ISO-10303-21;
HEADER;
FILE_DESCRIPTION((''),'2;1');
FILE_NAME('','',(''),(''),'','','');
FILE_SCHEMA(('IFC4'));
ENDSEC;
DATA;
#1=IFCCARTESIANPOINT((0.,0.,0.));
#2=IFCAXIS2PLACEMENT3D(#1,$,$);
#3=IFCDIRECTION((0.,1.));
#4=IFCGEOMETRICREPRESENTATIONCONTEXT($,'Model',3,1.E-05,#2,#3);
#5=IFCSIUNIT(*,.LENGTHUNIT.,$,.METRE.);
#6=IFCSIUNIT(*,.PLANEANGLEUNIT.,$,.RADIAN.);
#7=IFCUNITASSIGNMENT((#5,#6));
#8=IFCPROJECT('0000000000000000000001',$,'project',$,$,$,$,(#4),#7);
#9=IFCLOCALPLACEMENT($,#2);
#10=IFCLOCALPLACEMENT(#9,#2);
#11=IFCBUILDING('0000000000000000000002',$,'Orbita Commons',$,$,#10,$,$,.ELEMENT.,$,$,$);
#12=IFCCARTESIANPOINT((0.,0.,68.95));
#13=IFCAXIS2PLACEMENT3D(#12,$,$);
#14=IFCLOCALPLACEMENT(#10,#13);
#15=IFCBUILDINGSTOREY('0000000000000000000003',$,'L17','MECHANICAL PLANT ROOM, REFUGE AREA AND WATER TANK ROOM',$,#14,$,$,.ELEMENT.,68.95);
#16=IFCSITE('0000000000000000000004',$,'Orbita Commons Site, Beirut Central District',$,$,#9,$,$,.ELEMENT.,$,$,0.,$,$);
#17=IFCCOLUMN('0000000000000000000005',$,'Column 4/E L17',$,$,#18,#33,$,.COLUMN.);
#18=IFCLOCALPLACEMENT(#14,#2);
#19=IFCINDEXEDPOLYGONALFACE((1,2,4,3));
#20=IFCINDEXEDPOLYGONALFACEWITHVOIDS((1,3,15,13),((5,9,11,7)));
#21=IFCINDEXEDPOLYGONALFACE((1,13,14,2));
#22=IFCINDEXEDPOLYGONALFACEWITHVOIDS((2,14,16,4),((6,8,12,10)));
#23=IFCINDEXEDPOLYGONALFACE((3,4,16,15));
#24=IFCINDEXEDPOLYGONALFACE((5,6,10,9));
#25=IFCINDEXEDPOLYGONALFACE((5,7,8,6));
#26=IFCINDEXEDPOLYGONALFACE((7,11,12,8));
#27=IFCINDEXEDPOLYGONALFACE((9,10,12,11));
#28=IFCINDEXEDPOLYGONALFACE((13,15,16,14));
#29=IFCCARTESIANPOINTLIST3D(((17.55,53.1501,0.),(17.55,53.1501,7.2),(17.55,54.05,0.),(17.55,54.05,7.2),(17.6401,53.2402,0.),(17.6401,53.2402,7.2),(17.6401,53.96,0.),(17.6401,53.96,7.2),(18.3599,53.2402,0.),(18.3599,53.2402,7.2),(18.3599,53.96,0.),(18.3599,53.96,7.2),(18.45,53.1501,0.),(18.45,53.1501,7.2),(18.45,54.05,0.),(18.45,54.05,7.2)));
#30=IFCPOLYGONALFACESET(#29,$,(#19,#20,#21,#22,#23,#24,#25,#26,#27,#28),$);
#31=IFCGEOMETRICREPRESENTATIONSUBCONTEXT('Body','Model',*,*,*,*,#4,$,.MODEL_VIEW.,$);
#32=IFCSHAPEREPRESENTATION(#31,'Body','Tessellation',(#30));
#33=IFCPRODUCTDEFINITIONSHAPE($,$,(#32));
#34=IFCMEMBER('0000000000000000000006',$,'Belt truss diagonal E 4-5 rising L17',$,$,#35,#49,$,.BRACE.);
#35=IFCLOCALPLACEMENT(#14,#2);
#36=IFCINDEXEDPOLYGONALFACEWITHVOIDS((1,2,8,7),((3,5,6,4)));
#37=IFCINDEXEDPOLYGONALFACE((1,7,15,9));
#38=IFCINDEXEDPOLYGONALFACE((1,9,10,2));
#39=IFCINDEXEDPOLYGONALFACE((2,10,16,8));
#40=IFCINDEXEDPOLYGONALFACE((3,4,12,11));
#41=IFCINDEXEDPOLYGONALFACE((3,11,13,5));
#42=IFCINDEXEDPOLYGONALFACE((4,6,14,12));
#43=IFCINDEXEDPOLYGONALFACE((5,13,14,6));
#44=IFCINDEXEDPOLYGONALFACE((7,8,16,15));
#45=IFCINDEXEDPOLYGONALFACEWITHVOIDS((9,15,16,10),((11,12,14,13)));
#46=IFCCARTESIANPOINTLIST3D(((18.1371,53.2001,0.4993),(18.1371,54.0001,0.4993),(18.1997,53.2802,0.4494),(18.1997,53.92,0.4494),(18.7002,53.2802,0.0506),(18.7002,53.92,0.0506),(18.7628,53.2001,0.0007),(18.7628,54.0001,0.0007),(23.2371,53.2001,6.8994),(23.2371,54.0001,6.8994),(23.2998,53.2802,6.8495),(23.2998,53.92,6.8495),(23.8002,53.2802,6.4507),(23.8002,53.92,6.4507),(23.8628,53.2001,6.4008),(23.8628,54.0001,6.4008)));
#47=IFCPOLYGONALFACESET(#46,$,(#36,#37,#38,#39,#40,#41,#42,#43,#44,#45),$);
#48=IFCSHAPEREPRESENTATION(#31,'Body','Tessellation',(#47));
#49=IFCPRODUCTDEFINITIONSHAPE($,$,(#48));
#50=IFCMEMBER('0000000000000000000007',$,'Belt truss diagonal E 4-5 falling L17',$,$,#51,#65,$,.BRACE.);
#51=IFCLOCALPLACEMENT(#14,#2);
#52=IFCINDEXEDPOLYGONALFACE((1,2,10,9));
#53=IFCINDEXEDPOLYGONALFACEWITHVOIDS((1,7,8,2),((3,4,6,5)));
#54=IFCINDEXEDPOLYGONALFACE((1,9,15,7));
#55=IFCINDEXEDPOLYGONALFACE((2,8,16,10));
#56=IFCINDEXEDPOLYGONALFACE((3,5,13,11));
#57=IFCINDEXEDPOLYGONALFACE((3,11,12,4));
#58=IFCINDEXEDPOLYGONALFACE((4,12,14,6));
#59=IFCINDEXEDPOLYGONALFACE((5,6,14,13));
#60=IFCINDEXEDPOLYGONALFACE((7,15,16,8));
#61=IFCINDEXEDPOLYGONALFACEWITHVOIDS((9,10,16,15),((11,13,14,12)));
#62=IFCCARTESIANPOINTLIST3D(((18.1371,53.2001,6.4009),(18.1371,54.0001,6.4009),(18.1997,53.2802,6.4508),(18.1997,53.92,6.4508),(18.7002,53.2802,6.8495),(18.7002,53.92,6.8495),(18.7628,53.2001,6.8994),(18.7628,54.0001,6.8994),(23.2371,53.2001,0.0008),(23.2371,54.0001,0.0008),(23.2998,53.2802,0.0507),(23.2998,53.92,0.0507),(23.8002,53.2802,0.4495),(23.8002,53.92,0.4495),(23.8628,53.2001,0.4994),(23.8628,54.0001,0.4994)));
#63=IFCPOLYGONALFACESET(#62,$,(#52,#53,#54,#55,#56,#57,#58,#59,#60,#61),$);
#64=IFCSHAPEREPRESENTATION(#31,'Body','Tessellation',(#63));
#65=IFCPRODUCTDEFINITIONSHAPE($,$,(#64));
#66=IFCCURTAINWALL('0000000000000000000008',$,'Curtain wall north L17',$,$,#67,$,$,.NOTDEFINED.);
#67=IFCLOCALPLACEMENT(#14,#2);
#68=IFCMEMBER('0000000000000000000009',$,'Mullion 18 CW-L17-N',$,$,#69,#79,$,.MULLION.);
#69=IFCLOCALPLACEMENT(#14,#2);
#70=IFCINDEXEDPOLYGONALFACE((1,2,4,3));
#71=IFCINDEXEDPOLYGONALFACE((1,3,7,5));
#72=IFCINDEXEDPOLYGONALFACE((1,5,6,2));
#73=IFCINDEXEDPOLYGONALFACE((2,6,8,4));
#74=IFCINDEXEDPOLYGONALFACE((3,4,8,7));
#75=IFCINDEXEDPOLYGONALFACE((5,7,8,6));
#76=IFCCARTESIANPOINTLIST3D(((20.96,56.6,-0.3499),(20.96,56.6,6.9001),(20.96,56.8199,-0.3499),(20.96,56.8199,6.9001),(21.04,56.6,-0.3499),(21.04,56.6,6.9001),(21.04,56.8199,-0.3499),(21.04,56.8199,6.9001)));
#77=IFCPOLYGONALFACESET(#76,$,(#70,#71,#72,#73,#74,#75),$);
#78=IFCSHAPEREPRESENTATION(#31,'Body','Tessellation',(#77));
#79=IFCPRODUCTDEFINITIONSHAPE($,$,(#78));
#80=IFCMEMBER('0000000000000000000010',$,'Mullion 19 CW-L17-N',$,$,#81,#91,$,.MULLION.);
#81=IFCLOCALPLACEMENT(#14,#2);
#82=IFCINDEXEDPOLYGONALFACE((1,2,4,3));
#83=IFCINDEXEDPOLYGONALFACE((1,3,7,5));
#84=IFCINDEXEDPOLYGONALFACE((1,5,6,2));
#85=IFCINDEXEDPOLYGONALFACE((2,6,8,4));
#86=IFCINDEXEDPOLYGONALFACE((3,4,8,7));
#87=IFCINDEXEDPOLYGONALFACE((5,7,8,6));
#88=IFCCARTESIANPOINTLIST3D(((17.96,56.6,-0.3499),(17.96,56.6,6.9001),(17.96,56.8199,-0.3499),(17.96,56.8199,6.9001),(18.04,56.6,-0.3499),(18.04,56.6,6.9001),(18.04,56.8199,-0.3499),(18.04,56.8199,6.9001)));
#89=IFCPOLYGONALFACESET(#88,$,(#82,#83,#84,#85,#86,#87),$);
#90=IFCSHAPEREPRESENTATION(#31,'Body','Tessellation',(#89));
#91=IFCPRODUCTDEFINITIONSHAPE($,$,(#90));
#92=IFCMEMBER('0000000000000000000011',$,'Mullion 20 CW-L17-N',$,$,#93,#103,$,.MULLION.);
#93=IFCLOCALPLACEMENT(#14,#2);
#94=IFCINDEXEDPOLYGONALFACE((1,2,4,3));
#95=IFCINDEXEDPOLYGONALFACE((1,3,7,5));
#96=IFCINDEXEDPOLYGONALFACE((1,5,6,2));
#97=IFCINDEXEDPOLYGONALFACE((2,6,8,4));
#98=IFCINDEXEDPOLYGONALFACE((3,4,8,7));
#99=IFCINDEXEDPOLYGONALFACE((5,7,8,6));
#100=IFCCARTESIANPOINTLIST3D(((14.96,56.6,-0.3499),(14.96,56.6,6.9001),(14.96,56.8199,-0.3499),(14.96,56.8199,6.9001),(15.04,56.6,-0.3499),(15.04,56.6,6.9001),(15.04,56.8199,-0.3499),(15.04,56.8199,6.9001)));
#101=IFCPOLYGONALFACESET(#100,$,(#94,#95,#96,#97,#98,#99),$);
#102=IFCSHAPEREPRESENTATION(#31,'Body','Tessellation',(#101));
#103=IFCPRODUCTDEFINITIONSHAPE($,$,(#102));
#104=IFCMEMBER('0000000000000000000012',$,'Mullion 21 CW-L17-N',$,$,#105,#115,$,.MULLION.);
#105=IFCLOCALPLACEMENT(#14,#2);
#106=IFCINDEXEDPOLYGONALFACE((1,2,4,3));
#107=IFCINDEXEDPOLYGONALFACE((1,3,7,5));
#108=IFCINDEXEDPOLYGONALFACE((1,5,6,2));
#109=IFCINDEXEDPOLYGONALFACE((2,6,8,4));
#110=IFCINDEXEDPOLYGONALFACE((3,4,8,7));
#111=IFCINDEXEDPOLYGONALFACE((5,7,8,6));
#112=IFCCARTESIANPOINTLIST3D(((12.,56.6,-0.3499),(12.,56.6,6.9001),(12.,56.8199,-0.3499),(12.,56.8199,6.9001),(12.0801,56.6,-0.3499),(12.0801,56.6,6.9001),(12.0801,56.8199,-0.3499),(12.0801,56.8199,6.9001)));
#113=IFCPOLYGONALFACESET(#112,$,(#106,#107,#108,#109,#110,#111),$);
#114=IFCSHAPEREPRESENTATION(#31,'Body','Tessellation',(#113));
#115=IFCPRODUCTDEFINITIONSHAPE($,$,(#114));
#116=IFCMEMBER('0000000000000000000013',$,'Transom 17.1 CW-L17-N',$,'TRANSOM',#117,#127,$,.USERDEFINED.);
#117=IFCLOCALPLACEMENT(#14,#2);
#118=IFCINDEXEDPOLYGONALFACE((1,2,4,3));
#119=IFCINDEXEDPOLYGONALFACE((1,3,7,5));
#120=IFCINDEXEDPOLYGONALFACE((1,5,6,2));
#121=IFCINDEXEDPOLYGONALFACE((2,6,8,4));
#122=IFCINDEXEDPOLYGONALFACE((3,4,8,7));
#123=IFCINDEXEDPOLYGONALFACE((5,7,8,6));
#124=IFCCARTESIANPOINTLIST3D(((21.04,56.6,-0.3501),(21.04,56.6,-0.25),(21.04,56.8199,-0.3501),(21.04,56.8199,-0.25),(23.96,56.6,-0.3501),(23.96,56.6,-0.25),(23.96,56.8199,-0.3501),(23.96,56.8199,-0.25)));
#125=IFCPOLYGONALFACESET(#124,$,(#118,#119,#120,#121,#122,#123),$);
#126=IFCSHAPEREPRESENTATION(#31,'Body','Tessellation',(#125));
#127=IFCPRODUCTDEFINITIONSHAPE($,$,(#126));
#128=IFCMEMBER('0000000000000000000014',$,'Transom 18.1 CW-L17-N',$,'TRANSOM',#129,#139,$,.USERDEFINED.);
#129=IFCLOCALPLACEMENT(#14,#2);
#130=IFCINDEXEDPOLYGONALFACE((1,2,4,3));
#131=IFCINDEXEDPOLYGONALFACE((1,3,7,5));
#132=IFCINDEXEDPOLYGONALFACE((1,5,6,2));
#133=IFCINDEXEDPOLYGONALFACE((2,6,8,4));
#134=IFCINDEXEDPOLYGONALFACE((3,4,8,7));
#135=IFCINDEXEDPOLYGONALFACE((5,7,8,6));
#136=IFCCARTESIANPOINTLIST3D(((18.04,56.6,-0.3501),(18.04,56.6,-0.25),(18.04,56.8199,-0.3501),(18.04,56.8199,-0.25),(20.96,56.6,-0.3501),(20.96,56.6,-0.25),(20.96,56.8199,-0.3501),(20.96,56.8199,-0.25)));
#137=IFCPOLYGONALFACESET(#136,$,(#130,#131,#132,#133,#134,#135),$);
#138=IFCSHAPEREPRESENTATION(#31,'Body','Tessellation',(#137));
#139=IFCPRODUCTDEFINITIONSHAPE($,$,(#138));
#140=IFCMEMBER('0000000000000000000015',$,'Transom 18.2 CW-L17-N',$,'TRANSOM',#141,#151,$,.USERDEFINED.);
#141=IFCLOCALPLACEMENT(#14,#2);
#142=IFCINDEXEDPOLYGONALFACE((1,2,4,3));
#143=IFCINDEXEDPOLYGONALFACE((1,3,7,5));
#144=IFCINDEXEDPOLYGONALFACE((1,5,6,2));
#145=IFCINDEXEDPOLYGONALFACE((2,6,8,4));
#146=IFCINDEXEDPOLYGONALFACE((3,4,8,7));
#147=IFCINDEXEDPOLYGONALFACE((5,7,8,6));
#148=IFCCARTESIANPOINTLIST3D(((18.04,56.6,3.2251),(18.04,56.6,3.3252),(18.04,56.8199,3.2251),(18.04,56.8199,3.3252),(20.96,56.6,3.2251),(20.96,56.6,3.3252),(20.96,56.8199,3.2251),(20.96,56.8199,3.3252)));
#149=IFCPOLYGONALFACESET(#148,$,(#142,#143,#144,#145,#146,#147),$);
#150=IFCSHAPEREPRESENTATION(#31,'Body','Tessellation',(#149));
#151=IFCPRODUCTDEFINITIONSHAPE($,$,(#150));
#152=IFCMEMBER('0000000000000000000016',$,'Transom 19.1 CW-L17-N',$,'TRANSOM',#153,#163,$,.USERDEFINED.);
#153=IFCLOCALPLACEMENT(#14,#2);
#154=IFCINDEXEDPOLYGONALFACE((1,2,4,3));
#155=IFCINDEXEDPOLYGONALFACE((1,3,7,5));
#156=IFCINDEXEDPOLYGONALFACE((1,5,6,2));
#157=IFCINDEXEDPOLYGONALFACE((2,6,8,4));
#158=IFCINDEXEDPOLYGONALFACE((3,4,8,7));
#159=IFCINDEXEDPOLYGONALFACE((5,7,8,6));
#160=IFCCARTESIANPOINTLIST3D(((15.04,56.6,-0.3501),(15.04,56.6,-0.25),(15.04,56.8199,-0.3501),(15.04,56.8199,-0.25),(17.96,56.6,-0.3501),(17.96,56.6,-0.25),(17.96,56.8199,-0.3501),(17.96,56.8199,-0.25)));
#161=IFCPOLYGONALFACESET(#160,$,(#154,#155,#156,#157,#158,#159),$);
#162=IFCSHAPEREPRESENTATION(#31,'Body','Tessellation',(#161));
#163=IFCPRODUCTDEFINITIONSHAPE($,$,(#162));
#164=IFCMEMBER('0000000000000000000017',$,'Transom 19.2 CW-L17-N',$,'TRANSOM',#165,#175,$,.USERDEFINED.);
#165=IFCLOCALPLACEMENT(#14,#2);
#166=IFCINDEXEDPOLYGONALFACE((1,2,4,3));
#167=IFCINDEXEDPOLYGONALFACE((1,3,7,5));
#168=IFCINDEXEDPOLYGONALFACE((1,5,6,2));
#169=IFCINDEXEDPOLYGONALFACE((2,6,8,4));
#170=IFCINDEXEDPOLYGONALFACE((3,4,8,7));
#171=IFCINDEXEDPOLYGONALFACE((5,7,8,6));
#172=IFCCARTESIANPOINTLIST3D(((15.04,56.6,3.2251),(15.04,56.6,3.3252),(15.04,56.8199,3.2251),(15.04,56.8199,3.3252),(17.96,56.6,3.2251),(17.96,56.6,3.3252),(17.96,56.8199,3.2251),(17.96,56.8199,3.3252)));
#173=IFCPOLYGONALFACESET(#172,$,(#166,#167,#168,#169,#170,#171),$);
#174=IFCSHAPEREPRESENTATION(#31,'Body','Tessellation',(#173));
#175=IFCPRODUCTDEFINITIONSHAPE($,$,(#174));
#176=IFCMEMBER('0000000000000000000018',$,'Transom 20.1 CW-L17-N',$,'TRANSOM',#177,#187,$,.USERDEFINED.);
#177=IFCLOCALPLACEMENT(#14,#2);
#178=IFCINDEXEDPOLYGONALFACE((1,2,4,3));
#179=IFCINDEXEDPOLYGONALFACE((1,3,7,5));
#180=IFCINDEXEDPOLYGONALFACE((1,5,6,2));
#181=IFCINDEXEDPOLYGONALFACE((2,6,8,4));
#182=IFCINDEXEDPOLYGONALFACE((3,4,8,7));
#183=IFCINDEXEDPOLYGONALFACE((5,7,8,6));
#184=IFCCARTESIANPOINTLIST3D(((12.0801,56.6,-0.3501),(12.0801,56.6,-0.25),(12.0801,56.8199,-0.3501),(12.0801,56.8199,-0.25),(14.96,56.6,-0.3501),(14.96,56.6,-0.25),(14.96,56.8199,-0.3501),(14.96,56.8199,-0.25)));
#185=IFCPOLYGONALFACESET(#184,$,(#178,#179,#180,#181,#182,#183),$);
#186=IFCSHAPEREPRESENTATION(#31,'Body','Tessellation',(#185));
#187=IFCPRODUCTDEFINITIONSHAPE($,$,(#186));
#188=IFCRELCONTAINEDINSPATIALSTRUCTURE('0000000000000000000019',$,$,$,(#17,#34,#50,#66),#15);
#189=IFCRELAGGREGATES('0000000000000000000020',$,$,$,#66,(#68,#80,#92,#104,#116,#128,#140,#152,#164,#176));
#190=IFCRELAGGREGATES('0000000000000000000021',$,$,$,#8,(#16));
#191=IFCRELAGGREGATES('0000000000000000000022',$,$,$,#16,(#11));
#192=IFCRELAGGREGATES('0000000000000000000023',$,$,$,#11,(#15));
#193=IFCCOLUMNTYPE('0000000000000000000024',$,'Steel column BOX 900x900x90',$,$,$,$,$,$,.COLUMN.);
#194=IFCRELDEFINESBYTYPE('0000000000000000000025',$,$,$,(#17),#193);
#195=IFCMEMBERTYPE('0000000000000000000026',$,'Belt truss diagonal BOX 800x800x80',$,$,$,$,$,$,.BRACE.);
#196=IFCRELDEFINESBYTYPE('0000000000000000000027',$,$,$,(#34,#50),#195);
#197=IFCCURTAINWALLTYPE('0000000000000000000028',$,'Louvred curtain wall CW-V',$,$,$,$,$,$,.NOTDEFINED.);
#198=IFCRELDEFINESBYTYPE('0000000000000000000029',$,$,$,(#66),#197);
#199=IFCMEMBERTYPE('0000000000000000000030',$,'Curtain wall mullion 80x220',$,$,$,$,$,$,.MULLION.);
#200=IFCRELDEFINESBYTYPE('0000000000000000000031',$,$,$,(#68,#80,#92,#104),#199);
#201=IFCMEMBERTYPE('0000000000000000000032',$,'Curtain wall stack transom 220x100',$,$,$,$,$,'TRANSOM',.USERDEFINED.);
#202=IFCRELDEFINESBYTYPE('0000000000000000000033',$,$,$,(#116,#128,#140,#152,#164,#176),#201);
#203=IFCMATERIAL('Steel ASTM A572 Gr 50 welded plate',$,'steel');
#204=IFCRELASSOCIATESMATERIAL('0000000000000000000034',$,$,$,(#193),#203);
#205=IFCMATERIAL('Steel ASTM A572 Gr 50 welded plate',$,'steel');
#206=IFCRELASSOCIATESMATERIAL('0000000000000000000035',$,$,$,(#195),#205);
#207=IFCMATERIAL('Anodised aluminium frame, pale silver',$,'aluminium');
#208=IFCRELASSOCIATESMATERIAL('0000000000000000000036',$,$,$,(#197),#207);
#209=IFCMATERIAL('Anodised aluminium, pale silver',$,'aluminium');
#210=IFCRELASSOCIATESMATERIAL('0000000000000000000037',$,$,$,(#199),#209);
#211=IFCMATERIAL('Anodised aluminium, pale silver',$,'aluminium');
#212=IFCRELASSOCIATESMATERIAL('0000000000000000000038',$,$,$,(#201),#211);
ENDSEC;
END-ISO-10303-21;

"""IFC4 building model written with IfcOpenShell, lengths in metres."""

from ifc_helpers import new_model, si_unit, direction, frame, origin, origin_2d, place, context, subcontext, project, spatial, rectangle, hollow_rectangle, extrude, material, material_profile, profile_set, type_object, element, aggregate, save


model = new_model("IFC4")

# Units and contexts
model_context = context("Model", 3, precision=1e-05, world=origin(), true_north=direction((0.0, 1.0)))
body_context = subcontext(model_context, "Body", "Model", "MODEL_VIEW")
ifc_project = project(units=[si_unit("LENGTHUNIT", "METRE"), si_unit("PLANEANGLEUNIT", "RADIAN")], contexts=[model_context])

# Site, building, storey
site_placement = place(None, origin())
site = spatial("IfcSite", under=ifc_project, at=site_placement, Name="Orbita Commons Site, Beirut Central District", CompositionType="ELEMENT", RefElevation=0.0)
building_placement = place(site_placement, origin())
building = spatial("IfcBuilding", under=site, at=building_placement, Name="Orbita Commons", CompositionType="ELEMENT")
storey_placement = place(building_placement, frame((0.0, 0.0, 68.95)))
storey = spatial("IfcBuildingStorey", under=building, at=storey_placement, Name="L17", Description="MECHANICAL PLANT ROOM, REFUGE AREA AND WATER TANK ROOM", CompositionType="ELEMENT", Elevation=68.95)

# Column
ifc_material_1 = material(Name="Steel ASTM A572 Gr 50 welded plate", Category="steel")
ifc_material_profile_1 = material_profile(ifc_material_1, hollow_rectangle(XDim=0.8999, YDim=0.8999, WallThickness=0.0901, at=origin_2d()), Name="BOX 900x900x90")
ifc_profile_set_1 = profile_set([ifc_material_profile_1], Name="Steel ASTM A572 Gr 50 welded plate")
column_type = type_object("IfcColumnType", Name="Steel column BOX 900x900x90", PredefinedType="COLUMN", material=ifc_profile_set_1)
column_placement = place(storey_placement, frame((18.0, 53.6001, 0.0), z_axis=(0.0, 0.0, 1.0), x_axis=(1.0, 0.0, 0.0)))
element("IfcColumn", 1, at=column_placement, inside=storey, type_object=column_type, Name="Column 4/E L17", PredefinedType="COLUMN", context=body_context, shape_type="SweptSolid", body=[
    extrude(hollow_rectangle(XDim=0.8999, YDim=0.8999, WallThickness=0.0901, at=origin_2d()), origin(), (0.0, 0.0, 1.0), 7.2),
])

# Members
ifc_material_2 = material(Name="Steel ASTM A572 Gr 50 welded plate", Category="steel")
ifc_material_profile_2 = material_profile(ifc_material_2, hollow_rectangle(XDim=0.8, YDim=0.8, WallThickness=0.0801, at=origin_2d()), Name="BOX 800x800x80")
ifc_profile_set_2 = profile_set([ifc_material_profile_2], Name="Steel ASTM A572 Gr 50 welded plate")
member_type_1 = type_object("IfcMemberType", Name="Belt truss diagonal BOX 800x800x80", PredefinedType="BRACE", material=ifc_profile_set_2)
for number, where, z_axis, x_axis, name in (
    (2, (18.45, 53.6001, 0.25), (0.623202, 0.0, 0.782061), (0.0, 1.0, 0.0), "Belt truss diagonal E 4-5 rising L17"),
    (3, (18.45, 53.6001, 6.6501), (0.623202, 0.0, -0.782061), (0.0, 1.0, 0.0), "Belt truss diagonal E 4-5 falling L17"),
):
    element("IfcMember", number, at=place(storey_placement, frame(where, z_axis=z_axis, x_axis=x_axis)), inside=storey, type_object=member_type_1, Name=name, PredefinedType="BRACE", context=body_context, shape_type="SweptSolid", body=[
        extrude(hollow_rectangle(XDim=0.8, YDim=0.8, WallThickness=0.0801, at=origin_2d()), origin(), (0.0, 0.0, 1.0), 8.1836),
    ])

# Curtain wall, members
ifc_material_3 = material(Name="Anodised aluminium frame, pale silver", Category="aluminium")
curtain_wall_type = type_object("IfcCurtainWallType", Name="Louvred curtain wall CW-V", PredefinedType="NOTDEFINED", material=ifc_material_3)
curtain_wall_placement = place(storey_placement, origin())
curtain_wall = element("IfcCurtainWall", 4, at=curtain_wall_placement, inside=storey, type_object=curtain_wall_type, Name="Curtain wall north L17", PredefinedType="NOTDEFINED")
ifc_material_4 = material(Name="Anodised aluminium, pale silver", Category="aluminium")
ifc_material_profile_3 = material_profile(ifc_material_4, rectangle(XDim=0.0801, YDim=0.22, at=origin_2d()), Name="AL 80x220")
ifc_profile_set_3 = profile_set([ifc_material_profile_3], Name="Anodised aluminium, pale silver")
member_type_2 = type_object("IfcMemberType", Name="Curtain wall mullion 80x220", PredefinedType="MULLION", material=ifc_profile_set_3)
member_1_placement = place(storey_placement, frame((21.0, 56.71, -0.3499), z_axis=(0.0, 0.0, 1.0), x_axis=(-1.0, 0.0, 0.0)))
member_1 = element("IfcMember", 5, at=member_1_placement, type_object=member_type_2, Name="Mullion 18 CW-L17-N", PredefinedType="MULLION", context=body_context, shape_type="SweptSolid", body=[
    extrude(rectangle(XDim=0.0801, YDim=0.22, at=origin_2d()), origin(), (0.0, 0.0, 1.0), 7.25),
])
member_2_placement = place(storey_placement, frame((18.0, 56.71, -0.3499), z_axis=(0.0, 0.0, 1.0), x_axis=(-1.0, 0.0, 0.0)))
member_2 = element("IfcMember", 6, at=member_2_placement, type_object=member_type_2, Name="Mullion 19 CW-L17-N", PredefinedType="MULLION", context=body_context, shape_type="SweptSolid", body=[
    extrude(rectangle(XDim=0.0801, YDim=0.22, at=origin_2d()), origin(), (0.0, 0.0, 1.0), 7.25),
])
member_3_placement = place(storey_placement, frame((15.0, 56.71, -0.3499), z_axis=(0.0, 0.0, 1.0), x_axis=(-1.0, 0.0, 0.0)))
member_3 = element("IfcMember", 7, at=member_3_placement, type_object=member_type_2, Name="Mullion 20 CW-L17-N", PredefinedType="MULLION", context=body_context, shape_type="SweptSolid", body=[
    extrude(rectangle(XDim=0.0801, YDim=0.22, at=origin_2d()), origin(), (0.0, 0.0, 1.0), 7.25),
])
member_4_placement = place(storey_placement, frame((12.04, 56.71, -0.3499), z_axis=(0.0, 0.0, 1.0), x_axis=(-1.0, 0.0, 0.0)))
member_4 = element("IfcMember", 8, at=member_4_placement, type_object=member_type_2, Name="Mullion 21 CW-L17-N", PredefinedType="MULLION", context=body_context, shape_type="SweptSolid", body=[
    extrude(rectangle(XDim=0.0801, YDim=0.22, at=origin_2d()), origin(), (0.0, 0.0, 1.0), 7.25),
])
ifc_material_5 = material(Name="Anodised aluminium, pale silver", Category="aluminium")
ifc_material_profile_4 = material_profile(ifc_material_5, rectangle(XDim=0.22, YDim=0.1001, at=origin_2d()), Name="AL 220x100")
ifc_profile_set_4 = profile_set([ifc_material_profile_4], Name="Anodised aluminium, pale silver")
member_type_3 = type_object("IfcMemberType", Name="Curtain wall stack transom 220x100", ElementType="TRANSOM", PredefinedType="USERDEFINED", material=ifc_profile_set_4)
member_5_placement = place(storey_placement, frame((23.96, 56.71, -0.3), z_axis=(-1.0, 0.0, 0.0), x_axis=(0.0, -1.0, 0.0)))
member_5 = element("IfcMember", 9, at=member_5_placement, type_object=member_type_3, Name="Transom 17.1 CW-L17-N", ObjectType="TRANSOM", PredefinedType="USERDEFINED", context=body_context, shape_type="SweptSolid", body=[
    extrude(rectangle(XDim=0.22, YDim=0.1001, at=origin_2d()), origin(), (0.0, 0.0, 1.0), 2.9199),
])
member_6_placement = place(storey_placement, frame((20.96, 56.71, -0.3), z_axis=(-1.0, 0.0, 0.0), x_axis=(0.0, -1.0, 0.0)))
member_6 = element("IfcMember", 10, at=member_6_placement, type_object=member_type_3, Name="Transom 18.1 CW-L17-N", ObjectType="TRANSOM", PredefinedType="USERDEFINED", context=body_context, shape_type="SweptSolid", body=[
    extrude(rectangle(XDim=0.22, YDim=0.1001, at=origin_2d()), origin(), (0.0, 0.0, 1.0), 2.9199),
])
member_7_placement = place(storey_placement, frame((20.96, 56.71, 3.2751), z_axis=(-1.0, 0.0, 0.0), x_axis=(0.0, -1.0, 0.0)))
member_7 = element("IfcMember", 11, at=member_7_placement, type_object=member_type_3, Name="Transom 18.2 CW-L17-N", ObjectType="TRANSOM", PredefinedType="USERDEFINED", context=body_context, shape_type="SweptSolid", body=[
    extrude(rectangle(XDim=0.22, YDim=0.1001, at=origin_2d()), origin(), (0.0, 0.0, 1.0), 2.9199),
])
member_8_placement = place(storey_placement, frame((17.96, 56.71, -0.3), z_axis=(-1.0, 0.0, 0.0), x_axis=(0.0, -1.0, 0.0)))
member_8 = element("IfcMember", 12, at=member_8_placement, type_object=member_type_3, Name="Transom 19.1 CW-L17-N", ObjectType="TRANSOM", PredefinedType="USERDEFINED", context=body_context, shape_type="SweptSolid", body=[
    extrude(rectangle(XDim=0.22, YDim=0.1001, at=origin_2d()), origin(), (0.0, 0.0, 1.0), 2.9199),
])
member_9_placement = place(storey_placement, frame((17.96, 56.71, 3.2751), z_axis=(-1.0, 0.0, 0.0), x_axis=(0.0, -1.0, 0.0)))
member_9 = element("IfcMember", 13, at=member_9_placement, type_object=member_type_3, Name="Transom 19.2 CW-L17-N", ObjectType="TRANSOM", PredefinedType="USERDEFINED", context=body_context, shape_type="SweptSolid", body=[
    extrude(rectangle(XDim=0.22, YDim=0.1001, at=origin_2d()), origin(), (0.0, 0.0, 1.0), 2.9199),
])
member_10_placement = place(storey_placement, frame((14.96, 56.71, -0.3), z_axis=(-1.0, 0.0, 0.0), x_axis=(0.0, -1.0, 0.0)))
member_10 = element("IfcMember", 14, at=member_10_placement, type_object=member_type_3, Name="Transom 20.1 CW-L17-N", ObjectType="TRANSOM", PredefinedType="USERDEFINED", context=body_context, shape_type="SweptSolid", body=[
    extrude(rectangle(XDim=0.22, YDim=0.1001, at=origin_2d()), origin(), (0.0, 0.0, 1.0), 2.8799),
])

aggregate(curtain_wall, [member_1, member_2, member_3, member_4, member_5, member_6, member_7, member_8, member_9, member_10])

save(model, "model.ifc")
